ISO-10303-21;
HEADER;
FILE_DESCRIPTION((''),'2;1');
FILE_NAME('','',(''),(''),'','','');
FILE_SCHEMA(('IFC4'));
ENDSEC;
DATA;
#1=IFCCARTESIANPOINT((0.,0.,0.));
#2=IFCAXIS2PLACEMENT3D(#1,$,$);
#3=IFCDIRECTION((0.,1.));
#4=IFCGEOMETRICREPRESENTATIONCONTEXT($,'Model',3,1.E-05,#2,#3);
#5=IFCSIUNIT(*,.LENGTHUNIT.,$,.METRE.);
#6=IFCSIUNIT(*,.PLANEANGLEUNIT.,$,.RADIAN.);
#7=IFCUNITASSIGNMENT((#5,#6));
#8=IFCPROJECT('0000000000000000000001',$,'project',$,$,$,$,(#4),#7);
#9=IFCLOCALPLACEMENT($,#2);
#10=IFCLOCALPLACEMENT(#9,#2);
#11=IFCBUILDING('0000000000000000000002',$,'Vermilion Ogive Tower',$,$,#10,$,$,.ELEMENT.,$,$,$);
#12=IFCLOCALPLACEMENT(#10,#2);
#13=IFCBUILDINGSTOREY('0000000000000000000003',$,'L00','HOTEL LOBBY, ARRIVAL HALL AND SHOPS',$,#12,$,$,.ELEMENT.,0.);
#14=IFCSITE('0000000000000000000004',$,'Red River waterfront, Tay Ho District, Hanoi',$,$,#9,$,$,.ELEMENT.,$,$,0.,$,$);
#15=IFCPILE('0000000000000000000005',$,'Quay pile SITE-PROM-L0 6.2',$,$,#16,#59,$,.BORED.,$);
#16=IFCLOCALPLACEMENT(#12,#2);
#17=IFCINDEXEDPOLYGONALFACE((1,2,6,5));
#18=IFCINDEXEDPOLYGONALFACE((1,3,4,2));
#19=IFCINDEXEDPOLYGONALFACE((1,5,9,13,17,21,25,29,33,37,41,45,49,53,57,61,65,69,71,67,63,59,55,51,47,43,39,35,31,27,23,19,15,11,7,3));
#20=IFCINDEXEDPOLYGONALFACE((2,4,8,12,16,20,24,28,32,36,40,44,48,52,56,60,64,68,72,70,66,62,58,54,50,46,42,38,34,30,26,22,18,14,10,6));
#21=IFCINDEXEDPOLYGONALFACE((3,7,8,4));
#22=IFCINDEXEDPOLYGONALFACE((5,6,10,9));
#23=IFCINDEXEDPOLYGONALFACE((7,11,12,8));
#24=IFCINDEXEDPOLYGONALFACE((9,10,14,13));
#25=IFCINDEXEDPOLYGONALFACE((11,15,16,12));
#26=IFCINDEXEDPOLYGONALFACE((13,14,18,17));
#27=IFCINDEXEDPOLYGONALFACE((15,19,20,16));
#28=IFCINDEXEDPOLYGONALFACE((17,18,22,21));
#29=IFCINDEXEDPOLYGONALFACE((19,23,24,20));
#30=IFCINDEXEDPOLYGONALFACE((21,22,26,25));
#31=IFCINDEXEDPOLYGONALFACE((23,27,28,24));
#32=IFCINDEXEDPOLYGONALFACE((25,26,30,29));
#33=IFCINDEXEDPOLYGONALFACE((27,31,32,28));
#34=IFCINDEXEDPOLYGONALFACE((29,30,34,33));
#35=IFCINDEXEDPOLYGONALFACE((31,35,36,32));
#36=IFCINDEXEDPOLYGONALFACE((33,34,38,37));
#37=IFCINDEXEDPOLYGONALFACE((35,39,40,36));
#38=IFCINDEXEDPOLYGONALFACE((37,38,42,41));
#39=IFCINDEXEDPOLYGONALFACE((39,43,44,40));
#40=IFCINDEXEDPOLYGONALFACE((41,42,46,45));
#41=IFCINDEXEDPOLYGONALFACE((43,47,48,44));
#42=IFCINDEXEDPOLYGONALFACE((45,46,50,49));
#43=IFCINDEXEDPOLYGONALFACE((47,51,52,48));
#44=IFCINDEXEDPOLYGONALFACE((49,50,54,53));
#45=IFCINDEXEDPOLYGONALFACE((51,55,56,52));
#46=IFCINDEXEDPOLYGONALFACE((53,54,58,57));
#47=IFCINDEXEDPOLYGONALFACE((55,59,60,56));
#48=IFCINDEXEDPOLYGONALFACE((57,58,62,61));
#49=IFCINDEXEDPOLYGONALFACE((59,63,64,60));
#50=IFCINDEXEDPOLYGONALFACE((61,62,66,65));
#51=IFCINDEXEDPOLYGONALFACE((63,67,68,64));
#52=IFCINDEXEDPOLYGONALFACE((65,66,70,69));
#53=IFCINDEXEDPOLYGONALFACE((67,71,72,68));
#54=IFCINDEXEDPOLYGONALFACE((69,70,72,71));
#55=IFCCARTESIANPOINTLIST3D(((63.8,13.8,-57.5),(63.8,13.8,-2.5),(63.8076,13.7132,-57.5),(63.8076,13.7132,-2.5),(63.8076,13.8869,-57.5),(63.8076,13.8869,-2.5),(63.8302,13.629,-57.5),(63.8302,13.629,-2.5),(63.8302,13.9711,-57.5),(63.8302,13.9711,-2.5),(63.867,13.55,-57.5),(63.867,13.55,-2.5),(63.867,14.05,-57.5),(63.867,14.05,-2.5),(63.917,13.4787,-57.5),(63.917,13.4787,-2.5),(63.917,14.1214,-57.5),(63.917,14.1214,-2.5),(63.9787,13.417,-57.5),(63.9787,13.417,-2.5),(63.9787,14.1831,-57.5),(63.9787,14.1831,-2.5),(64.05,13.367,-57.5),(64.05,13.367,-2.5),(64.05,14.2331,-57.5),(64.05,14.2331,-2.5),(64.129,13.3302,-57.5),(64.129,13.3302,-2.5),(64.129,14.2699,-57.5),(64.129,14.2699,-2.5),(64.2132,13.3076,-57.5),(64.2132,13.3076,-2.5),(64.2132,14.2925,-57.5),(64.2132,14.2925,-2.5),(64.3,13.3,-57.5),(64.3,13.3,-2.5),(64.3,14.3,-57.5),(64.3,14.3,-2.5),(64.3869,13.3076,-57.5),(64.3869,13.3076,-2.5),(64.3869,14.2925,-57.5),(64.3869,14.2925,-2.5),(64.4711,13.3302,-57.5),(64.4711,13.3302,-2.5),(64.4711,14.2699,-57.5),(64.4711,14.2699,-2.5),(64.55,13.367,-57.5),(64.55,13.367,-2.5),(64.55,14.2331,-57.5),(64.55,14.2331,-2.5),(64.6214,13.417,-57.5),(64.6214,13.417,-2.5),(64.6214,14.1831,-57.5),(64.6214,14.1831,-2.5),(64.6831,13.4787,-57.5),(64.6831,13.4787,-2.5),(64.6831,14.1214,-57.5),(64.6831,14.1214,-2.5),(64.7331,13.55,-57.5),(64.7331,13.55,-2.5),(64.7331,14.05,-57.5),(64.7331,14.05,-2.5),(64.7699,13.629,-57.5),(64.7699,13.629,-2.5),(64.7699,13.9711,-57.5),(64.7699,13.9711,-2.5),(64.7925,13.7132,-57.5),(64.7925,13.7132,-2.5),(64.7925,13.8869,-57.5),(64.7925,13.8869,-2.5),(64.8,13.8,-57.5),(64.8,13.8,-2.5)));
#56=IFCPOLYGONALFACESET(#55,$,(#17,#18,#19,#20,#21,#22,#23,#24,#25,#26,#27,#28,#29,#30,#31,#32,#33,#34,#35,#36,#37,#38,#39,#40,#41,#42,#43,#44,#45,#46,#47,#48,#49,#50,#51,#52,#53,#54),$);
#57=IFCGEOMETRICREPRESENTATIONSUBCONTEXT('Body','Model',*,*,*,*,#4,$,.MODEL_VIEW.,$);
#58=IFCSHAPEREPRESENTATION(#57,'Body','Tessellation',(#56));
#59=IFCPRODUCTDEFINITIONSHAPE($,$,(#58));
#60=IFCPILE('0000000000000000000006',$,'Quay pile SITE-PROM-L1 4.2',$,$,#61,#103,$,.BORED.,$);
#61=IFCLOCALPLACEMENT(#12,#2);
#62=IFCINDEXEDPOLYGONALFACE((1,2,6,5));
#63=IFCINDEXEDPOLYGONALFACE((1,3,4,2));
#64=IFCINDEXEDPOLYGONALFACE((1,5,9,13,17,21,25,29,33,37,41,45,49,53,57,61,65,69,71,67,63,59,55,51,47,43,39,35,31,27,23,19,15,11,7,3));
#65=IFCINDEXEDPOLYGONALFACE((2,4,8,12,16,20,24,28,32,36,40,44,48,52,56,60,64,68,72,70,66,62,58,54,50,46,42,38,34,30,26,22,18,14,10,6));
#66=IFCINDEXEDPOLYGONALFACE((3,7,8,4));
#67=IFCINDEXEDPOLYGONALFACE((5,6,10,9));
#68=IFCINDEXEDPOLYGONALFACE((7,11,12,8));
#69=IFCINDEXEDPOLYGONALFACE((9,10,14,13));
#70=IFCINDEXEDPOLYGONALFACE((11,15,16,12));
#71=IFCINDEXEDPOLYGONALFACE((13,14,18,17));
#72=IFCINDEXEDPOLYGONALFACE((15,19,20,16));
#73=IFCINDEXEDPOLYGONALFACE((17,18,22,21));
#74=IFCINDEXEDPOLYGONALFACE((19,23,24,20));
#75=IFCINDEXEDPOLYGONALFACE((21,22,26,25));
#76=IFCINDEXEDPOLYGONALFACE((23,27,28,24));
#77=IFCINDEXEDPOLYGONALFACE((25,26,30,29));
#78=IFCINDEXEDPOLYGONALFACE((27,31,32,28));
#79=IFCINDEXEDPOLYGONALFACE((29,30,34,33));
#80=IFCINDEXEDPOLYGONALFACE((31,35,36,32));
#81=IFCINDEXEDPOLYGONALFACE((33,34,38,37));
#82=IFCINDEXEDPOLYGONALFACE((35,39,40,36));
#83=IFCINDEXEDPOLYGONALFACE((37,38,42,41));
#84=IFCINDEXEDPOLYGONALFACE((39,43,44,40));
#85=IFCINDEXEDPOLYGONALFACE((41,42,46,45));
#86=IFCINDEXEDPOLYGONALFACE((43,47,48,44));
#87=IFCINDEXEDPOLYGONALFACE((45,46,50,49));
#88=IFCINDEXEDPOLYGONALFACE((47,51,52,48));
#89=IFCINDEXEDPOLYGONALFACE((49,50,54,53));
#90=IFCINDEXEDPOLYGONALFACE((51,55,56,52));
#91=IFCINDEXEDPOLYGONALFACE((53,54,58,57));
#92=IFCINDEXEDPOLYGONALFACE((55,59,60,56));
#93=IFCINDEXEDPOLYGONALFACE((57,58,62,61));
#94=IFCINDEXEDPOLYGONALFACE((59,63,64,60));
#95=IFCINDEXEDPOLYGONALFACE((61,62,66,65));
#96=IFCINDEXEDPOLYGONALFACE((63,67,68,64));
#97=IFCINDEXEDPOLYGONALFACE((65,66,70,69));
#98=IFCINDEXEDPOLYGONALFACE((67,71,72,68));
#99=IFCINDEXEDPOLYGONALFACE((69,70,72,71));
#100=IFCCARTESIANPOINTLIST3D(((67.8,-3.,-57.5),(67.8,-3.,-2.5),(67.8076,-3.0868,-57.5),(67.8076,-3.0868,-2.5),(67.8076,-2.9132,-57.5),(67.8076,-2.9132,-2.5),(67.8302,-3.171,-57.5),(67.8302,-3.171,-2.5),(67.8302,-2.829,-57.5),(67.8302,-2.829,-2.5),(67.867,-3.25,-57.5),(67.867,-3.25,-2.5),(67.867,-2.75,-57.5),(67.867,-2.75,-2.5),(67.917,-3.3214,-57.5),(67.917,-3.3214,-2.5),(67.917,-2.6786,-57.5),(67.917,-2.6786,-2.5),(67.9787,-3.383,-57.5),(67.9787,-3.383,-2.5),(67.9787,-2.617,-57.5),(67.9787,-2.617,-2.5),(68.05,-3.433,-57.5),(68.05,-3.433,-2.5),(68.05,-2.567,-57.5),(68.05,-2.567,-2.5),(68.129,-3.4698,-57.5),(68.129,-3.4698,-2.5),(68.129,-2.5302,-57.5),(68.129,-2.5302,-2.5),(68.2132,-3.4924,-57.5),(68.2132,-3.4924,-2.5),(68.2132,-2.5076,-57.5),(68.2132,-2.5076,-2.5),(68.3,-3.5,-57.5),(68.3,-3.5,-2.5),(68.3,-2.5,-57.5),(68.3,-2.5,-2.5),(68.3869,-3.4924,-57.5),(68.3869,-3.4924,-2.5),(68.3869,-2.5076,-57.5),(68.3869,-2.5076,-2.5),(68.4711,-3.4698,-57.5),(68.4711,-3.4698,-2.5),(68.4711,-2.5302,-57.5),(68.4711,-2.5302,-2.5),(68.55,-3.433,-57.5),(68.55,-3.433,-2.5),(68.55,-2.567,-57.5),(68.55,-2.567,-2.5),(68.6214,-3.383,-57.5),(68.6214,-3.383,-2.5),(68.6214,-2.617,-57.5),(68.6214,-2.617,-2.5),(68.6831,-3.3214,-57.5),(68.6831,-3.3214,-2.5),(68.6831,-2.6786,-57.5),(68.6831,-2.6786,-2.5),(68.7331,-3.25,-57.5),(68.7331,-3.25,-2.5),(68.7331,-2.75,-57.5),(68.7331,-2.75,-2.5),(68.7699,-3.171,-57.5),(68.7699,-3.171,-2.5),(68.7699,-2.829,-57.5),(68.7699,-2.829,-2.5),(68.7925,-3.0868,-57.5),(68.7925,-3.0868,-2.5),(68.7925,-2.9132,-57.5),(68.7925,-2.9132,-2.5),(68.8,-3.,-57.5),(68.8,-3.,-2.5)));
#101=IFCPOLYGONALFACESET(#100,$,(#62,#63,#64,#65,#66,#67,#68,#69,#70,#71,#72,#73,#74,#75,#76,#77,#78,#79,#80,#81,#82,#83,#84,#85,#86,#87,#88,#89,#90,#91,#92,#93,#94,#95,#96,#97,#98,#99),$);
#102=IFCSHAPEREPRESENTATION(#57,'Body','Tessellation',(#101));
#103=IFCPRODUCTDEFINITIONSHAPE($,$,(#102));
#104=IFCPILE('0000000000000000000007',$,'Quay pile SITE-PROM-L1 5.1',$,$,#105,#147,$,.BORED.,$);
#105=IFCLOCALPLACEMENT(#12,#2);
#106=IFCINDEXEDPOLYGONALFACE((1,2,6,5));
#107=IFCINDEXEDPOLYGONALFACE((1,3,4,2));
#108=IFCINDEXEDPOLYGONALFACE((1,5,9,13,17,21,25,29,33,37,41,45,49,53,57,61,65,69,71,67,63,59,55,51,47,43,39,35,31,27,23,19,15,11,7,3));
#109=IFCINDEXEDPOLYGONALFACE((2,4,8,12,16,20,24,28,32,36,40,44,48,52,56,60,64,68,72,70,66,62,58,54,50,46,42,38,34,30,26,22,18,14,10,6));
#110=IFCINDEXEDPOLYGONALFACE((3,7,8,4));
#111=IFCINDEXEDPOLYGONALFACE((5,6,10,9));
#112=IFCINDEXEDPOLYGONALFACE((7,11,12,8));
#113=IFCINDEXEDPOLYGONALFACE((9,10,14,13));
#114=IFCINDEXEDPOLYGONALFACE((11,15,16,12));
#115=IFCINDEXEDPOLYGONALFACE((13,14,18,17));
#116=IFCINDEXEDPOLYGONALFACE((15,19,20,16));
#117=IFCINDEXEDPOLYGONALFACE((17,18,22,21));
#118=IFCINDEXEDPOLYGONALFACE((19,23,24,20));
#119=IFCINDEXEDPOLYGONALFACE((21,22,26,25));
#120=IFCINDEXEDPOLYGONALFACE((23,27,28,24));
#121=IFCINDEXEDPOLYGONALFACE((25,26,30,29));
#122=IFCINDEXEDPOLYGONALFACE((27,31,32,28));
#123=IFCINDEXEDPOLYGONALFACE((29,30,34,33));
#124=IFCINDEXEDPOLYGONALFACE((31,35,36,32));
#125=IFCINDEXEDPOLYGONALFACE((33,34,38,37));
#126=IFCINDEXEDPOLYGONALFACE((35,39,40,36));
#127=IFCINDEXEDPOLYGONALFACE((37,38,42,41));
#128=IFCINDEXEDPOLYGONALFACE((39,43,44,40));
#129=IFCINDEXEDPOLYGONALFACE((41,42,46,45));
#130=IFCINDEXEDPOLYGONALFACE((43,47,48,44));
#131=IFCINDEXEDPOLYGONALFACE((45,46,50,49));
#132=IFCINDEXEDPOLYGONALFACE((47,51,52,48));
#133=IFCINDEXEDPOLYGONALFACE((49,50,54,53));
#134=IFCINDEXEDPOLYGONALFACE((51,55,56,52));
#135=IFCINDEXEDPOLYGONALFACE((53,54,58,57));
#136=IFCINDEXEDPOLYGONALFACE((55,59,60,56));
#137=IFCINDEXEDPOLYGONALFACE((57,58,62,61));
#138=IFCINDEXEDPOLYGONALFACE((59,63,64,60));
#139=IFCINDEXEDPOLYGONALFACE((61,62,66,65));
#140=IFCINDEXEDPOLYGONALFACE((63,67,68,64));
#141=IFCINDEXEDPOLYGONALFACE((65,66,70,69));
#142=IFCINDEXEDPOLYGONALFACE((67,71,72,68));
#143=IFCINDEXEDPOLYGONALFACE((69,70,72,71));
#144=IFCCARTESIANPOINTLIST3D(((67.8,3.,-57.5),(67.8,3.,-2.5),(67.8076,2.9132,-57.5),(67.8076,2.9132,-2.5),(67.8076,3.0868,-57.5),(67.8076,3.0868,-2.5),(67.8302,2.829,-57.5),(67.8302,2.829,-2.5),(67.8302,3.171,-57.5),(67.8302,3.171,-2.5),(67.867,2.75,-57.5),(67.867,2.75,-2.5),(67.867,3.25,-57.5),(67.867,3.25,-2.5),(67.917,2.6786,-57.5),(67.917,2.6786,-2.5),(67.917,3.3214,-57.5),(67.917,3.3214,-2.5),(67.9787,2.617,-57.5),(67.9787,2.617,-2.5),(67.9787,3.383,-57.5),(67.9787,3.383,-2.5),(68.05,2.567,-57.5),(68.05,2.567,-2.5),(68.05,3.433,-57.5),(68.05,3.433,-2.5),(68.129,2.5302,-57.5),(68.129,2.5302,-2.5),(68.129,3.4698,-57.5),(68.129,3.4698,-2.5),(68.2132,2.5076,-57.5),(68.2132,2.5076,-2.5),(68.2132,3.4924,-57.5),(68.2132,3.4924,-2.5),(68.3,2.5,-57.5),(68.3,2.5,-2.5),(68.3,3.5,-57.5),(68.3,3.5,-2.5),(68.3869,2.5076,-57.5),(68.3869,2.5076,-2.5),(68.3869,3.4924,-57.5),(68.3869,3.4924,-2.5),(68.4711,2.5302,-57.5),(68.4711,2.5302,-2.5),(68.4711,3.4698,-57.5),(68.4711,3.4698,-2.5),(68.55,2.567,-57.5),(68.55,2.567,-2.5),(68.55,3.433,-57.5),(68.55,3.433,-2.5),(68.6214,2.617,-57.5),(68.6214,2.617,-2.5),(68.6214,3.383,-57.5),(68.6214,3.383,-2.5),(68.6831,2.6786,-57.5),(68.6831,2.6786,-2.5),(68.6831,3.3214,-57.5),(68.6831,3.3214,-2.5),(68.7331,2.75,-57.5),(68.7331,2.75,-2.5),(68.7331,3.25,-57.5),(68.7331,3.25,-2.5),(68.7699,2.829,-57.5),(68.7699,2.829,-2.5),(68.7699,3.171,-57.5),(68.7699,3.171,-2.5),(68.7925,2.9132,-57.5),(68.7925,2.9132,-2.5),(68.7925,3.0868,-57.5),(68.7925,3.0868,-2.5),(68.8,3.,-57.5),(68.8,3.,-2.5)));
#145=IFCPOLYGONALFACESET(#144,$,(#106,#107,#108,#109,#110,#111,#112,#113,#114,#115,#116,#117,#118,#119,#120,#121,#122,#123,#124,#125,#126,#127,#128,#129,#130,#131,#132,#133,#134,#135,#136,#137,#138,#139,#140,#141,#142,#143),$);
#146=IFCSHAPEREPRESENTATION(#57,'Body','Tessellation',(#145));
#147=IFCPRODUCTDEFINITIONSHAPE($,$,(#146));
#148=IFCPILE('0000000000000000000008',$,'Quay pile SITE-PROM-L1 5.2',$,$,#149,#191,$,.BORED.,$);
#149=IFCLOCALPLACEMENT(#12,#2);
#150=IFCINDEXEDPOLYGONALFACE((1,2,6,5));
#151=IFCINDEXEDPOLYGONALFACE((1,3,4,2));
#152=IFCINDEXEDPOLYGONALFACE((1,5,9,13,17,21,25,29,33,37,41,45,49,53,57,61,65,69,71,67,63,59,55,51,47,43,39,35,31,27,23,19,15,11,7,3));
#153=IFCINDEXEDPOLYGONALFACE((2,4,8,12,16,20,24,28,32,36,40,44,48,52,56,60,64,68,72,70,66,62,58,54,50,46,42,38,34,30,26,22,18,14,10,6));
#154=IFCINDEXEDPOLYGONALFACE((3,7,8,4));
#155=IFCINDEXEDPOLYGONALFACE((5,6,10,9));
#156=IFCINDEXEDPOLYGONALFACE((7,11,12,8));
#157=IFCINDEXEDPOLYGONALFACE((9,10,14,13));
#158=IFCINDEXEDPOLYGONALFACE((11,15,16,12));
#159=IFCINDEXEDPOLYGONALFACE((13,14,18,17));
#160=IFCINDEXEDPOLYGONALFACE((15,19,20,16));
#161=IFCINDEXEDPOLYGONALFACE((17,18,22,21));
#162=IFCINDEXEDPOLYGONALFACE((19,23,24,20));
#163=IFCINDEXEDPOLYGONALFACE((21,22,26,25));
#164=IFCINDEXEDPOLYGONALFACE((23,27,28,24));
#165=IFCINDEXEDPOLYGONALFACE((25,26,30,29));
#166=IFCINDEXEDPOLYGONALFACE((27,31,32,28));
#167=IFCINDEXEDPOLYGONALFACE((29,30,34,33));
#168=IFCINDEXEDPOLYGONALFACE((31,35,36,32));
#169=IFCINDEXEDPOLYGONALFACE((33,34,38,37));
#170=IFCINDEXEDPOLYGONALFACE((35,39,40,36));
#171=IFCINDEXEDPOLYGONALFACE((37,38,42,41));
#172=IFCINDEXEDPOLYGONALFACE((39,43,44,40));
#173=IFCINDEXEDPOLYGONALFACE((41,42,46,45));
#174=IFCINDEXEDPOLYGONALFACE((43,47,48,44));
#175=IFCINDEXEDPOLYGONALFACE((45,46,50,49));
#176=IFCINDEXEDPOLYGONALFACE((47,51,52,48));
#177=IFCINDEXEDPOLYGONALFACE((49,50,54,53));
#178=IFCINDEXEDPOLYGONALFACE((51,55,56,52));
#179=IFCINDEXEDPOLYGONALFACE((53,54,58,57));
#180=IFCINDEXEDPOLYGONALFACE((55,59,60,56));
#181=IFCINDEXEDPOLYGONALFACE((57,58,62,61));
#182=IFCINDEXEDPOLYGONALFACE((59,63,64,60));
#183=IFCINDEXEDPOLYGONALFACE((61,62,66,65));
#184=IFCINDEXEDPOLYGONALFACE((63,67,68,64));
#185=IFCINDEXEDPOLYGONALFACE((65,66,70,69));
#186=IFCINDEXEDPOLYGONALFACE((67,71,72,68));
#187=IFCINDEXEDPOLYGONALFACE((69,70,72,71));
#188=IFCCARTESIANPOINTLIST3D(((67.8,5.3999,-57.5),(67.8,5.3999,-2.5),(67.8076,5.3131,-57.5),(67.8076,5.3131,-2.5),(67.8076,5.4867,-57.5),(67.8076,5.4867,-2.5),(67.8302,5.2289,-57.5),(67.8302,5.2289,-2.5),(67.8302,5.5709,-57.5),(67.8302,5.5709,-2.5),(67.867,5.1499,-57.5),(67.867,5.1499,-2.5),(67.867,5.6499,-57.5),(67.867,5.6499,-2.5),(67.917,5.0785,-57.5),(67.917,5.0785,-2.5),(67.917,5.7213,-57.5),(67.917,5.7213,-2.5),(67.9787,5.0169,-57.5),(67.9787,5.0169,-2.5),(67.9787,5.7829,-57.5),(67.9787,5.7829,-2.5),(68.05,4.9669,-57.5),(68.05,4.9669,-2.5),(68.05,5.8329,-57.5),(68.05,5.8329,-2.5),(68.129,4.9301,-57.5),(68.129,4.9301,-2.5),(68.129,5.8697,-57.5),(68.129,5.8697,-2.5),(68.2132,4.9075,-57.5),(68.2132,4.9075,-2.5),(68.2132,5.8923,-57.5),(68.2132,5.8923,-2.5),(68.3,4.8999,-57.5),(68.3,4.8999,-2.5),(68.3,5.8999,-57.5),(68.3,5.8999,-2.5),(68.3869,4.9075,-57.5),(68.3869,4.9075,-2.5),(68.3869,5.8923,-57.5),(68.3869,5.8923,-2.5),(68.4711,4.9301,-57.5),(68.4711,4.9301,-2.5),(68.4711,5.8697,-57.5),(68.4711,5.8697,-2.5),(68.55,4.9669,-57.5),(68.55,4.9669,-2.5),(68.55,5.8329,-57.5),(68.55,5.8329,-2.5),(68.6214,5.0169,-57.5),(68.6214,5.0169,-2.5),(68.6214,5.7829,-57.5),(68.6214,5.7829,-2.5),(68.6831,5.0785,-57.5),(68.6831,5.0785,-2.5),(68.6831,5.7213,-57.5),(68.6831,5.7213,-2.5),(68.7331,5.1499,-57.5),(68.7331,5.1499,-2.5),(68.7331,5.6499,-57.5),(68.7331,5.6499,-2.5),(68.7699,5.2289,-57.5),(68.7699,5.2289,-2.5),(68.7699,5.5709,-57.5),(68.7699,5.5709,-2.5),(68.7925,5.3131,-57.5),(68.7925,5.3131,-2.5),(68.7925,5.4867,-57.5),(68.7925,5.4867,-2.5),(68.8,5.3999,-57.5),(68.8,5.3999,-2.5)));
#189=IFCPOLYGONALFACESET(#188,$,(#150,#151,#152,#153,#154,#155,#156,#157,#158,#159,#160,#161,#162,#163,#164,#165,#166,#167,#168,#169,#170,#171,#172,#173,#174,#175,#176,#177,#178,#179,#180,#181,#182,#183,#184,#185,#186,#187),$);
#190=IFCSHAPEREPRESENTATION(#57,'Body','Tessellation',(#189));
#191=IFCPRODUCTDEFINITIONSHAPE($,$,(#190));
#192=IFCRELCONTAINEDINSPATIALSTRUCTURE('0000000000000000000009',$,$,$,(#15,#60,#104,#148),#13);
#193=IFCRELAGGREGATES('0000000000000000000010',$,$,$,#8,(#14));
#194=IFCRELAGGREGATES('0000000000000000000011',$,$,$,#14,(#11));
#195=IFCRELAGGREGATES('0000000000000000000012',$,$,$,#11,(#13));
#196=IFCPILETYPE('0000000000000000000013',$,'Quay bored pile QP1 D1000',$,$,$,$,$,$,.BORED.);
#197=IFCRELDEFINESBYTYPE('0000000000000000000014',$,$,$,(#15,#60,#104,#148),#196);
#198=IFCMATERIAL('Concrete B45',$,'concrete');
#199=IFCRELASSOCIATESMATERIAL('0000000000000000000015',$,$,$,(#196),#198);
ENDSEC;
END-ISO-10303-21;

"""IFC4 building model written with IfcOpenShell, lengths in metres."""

from ifc_helpers import new_model, si_unit, direction, frame, origin, origin_2d, place, context, subcontext, project, spatial, circle, extrude, material, type_object, element, save


model = new_model("IFC4")

# Units and contexts
model_context = context("Model", 3, precision=1e-05, world=origin(), true_north=direction((0.0, 1.0)))
body_context = subcontext(model_context, "Body", "Model", "MODEL_VIEW")
ifc_project = project(units=[si_unit("LENGTHUNIT", "METRE"), si_unit("PLANEANGLEUNIT", "RADIAN")], contexts=[model_context])

# Site, building, storey
site_placement = place(None, origin())
site = spatial("IfcSite", under=ifc_project, at=site_placement, Name="Red River waterfront, Tay Ho District, Hanoi", CompositionType="ELEMENT", RefElevation=0.0)
building_placement = place(site_placement, origin())
building = spatial("IfcBuilding", under=site, at=building_placement, Name="Vermilion Ogive Tower", CompositionType="ELEMENT")
storey_placement = place(building_placement, origin())
storey = spatial("IfcBuildingStorey", under=building, at=storey_placement, Name="L00", Description="HOTEL LOBBY, ARRIVAL HALL AND SHOPS", CompositionType="ELEMENT", Elevation=0.0)

# Piles
ifc_material_1 = material(Name="Concrete B45", Category="concrete")
pile_type = type_object("IfcPileType", Name="Quay bored pile QP1 D1000", PredefinedType="BORED", material=ifc_material_1)
for number, where, z_axis, x_axis, name in (
    (1, (64.3, 13.8, -2.5), (0.0, 0.0, -1.0), (1.0, 0.0, 0.0), "Quay pile SITE-PROM-L0 6.2"),
    (2, (68.3, -3.0, -2.5), (0.0, 0.0, -1.0), (1.0, 0.0, 0.0), "Quay pile SITE-PROM-L1 4.2"),
    (3, (68.3, 3.0, -2.5), (0.0, 0.0, -1.0), (1.0, 0.0, 0.0), "Quay pile SITE-PROM-L1 5.1"),
    (4, (68.3, 5.3999, -2.5), (0.0, 0.0, -1.0), (1.0, 0.0, 0.0), "Quay pile SITE-PROM-L1 5.2"),
):
    element("IfcPile", number, at=place(storey_placement, frame(where, z_axis=z_axis, x_axis=x_axis)), inside=storey, type_object=pile_type, Name=name, PredefinedType="BORED", context=body_context, shape_type="SweptSolid", body=[
        extrude(circle(Radius=0.5, at=origin_2d()), origin(), (0.0, 0.0, 1.0), 55.0),
    ])

save(model, "model.ifc")
